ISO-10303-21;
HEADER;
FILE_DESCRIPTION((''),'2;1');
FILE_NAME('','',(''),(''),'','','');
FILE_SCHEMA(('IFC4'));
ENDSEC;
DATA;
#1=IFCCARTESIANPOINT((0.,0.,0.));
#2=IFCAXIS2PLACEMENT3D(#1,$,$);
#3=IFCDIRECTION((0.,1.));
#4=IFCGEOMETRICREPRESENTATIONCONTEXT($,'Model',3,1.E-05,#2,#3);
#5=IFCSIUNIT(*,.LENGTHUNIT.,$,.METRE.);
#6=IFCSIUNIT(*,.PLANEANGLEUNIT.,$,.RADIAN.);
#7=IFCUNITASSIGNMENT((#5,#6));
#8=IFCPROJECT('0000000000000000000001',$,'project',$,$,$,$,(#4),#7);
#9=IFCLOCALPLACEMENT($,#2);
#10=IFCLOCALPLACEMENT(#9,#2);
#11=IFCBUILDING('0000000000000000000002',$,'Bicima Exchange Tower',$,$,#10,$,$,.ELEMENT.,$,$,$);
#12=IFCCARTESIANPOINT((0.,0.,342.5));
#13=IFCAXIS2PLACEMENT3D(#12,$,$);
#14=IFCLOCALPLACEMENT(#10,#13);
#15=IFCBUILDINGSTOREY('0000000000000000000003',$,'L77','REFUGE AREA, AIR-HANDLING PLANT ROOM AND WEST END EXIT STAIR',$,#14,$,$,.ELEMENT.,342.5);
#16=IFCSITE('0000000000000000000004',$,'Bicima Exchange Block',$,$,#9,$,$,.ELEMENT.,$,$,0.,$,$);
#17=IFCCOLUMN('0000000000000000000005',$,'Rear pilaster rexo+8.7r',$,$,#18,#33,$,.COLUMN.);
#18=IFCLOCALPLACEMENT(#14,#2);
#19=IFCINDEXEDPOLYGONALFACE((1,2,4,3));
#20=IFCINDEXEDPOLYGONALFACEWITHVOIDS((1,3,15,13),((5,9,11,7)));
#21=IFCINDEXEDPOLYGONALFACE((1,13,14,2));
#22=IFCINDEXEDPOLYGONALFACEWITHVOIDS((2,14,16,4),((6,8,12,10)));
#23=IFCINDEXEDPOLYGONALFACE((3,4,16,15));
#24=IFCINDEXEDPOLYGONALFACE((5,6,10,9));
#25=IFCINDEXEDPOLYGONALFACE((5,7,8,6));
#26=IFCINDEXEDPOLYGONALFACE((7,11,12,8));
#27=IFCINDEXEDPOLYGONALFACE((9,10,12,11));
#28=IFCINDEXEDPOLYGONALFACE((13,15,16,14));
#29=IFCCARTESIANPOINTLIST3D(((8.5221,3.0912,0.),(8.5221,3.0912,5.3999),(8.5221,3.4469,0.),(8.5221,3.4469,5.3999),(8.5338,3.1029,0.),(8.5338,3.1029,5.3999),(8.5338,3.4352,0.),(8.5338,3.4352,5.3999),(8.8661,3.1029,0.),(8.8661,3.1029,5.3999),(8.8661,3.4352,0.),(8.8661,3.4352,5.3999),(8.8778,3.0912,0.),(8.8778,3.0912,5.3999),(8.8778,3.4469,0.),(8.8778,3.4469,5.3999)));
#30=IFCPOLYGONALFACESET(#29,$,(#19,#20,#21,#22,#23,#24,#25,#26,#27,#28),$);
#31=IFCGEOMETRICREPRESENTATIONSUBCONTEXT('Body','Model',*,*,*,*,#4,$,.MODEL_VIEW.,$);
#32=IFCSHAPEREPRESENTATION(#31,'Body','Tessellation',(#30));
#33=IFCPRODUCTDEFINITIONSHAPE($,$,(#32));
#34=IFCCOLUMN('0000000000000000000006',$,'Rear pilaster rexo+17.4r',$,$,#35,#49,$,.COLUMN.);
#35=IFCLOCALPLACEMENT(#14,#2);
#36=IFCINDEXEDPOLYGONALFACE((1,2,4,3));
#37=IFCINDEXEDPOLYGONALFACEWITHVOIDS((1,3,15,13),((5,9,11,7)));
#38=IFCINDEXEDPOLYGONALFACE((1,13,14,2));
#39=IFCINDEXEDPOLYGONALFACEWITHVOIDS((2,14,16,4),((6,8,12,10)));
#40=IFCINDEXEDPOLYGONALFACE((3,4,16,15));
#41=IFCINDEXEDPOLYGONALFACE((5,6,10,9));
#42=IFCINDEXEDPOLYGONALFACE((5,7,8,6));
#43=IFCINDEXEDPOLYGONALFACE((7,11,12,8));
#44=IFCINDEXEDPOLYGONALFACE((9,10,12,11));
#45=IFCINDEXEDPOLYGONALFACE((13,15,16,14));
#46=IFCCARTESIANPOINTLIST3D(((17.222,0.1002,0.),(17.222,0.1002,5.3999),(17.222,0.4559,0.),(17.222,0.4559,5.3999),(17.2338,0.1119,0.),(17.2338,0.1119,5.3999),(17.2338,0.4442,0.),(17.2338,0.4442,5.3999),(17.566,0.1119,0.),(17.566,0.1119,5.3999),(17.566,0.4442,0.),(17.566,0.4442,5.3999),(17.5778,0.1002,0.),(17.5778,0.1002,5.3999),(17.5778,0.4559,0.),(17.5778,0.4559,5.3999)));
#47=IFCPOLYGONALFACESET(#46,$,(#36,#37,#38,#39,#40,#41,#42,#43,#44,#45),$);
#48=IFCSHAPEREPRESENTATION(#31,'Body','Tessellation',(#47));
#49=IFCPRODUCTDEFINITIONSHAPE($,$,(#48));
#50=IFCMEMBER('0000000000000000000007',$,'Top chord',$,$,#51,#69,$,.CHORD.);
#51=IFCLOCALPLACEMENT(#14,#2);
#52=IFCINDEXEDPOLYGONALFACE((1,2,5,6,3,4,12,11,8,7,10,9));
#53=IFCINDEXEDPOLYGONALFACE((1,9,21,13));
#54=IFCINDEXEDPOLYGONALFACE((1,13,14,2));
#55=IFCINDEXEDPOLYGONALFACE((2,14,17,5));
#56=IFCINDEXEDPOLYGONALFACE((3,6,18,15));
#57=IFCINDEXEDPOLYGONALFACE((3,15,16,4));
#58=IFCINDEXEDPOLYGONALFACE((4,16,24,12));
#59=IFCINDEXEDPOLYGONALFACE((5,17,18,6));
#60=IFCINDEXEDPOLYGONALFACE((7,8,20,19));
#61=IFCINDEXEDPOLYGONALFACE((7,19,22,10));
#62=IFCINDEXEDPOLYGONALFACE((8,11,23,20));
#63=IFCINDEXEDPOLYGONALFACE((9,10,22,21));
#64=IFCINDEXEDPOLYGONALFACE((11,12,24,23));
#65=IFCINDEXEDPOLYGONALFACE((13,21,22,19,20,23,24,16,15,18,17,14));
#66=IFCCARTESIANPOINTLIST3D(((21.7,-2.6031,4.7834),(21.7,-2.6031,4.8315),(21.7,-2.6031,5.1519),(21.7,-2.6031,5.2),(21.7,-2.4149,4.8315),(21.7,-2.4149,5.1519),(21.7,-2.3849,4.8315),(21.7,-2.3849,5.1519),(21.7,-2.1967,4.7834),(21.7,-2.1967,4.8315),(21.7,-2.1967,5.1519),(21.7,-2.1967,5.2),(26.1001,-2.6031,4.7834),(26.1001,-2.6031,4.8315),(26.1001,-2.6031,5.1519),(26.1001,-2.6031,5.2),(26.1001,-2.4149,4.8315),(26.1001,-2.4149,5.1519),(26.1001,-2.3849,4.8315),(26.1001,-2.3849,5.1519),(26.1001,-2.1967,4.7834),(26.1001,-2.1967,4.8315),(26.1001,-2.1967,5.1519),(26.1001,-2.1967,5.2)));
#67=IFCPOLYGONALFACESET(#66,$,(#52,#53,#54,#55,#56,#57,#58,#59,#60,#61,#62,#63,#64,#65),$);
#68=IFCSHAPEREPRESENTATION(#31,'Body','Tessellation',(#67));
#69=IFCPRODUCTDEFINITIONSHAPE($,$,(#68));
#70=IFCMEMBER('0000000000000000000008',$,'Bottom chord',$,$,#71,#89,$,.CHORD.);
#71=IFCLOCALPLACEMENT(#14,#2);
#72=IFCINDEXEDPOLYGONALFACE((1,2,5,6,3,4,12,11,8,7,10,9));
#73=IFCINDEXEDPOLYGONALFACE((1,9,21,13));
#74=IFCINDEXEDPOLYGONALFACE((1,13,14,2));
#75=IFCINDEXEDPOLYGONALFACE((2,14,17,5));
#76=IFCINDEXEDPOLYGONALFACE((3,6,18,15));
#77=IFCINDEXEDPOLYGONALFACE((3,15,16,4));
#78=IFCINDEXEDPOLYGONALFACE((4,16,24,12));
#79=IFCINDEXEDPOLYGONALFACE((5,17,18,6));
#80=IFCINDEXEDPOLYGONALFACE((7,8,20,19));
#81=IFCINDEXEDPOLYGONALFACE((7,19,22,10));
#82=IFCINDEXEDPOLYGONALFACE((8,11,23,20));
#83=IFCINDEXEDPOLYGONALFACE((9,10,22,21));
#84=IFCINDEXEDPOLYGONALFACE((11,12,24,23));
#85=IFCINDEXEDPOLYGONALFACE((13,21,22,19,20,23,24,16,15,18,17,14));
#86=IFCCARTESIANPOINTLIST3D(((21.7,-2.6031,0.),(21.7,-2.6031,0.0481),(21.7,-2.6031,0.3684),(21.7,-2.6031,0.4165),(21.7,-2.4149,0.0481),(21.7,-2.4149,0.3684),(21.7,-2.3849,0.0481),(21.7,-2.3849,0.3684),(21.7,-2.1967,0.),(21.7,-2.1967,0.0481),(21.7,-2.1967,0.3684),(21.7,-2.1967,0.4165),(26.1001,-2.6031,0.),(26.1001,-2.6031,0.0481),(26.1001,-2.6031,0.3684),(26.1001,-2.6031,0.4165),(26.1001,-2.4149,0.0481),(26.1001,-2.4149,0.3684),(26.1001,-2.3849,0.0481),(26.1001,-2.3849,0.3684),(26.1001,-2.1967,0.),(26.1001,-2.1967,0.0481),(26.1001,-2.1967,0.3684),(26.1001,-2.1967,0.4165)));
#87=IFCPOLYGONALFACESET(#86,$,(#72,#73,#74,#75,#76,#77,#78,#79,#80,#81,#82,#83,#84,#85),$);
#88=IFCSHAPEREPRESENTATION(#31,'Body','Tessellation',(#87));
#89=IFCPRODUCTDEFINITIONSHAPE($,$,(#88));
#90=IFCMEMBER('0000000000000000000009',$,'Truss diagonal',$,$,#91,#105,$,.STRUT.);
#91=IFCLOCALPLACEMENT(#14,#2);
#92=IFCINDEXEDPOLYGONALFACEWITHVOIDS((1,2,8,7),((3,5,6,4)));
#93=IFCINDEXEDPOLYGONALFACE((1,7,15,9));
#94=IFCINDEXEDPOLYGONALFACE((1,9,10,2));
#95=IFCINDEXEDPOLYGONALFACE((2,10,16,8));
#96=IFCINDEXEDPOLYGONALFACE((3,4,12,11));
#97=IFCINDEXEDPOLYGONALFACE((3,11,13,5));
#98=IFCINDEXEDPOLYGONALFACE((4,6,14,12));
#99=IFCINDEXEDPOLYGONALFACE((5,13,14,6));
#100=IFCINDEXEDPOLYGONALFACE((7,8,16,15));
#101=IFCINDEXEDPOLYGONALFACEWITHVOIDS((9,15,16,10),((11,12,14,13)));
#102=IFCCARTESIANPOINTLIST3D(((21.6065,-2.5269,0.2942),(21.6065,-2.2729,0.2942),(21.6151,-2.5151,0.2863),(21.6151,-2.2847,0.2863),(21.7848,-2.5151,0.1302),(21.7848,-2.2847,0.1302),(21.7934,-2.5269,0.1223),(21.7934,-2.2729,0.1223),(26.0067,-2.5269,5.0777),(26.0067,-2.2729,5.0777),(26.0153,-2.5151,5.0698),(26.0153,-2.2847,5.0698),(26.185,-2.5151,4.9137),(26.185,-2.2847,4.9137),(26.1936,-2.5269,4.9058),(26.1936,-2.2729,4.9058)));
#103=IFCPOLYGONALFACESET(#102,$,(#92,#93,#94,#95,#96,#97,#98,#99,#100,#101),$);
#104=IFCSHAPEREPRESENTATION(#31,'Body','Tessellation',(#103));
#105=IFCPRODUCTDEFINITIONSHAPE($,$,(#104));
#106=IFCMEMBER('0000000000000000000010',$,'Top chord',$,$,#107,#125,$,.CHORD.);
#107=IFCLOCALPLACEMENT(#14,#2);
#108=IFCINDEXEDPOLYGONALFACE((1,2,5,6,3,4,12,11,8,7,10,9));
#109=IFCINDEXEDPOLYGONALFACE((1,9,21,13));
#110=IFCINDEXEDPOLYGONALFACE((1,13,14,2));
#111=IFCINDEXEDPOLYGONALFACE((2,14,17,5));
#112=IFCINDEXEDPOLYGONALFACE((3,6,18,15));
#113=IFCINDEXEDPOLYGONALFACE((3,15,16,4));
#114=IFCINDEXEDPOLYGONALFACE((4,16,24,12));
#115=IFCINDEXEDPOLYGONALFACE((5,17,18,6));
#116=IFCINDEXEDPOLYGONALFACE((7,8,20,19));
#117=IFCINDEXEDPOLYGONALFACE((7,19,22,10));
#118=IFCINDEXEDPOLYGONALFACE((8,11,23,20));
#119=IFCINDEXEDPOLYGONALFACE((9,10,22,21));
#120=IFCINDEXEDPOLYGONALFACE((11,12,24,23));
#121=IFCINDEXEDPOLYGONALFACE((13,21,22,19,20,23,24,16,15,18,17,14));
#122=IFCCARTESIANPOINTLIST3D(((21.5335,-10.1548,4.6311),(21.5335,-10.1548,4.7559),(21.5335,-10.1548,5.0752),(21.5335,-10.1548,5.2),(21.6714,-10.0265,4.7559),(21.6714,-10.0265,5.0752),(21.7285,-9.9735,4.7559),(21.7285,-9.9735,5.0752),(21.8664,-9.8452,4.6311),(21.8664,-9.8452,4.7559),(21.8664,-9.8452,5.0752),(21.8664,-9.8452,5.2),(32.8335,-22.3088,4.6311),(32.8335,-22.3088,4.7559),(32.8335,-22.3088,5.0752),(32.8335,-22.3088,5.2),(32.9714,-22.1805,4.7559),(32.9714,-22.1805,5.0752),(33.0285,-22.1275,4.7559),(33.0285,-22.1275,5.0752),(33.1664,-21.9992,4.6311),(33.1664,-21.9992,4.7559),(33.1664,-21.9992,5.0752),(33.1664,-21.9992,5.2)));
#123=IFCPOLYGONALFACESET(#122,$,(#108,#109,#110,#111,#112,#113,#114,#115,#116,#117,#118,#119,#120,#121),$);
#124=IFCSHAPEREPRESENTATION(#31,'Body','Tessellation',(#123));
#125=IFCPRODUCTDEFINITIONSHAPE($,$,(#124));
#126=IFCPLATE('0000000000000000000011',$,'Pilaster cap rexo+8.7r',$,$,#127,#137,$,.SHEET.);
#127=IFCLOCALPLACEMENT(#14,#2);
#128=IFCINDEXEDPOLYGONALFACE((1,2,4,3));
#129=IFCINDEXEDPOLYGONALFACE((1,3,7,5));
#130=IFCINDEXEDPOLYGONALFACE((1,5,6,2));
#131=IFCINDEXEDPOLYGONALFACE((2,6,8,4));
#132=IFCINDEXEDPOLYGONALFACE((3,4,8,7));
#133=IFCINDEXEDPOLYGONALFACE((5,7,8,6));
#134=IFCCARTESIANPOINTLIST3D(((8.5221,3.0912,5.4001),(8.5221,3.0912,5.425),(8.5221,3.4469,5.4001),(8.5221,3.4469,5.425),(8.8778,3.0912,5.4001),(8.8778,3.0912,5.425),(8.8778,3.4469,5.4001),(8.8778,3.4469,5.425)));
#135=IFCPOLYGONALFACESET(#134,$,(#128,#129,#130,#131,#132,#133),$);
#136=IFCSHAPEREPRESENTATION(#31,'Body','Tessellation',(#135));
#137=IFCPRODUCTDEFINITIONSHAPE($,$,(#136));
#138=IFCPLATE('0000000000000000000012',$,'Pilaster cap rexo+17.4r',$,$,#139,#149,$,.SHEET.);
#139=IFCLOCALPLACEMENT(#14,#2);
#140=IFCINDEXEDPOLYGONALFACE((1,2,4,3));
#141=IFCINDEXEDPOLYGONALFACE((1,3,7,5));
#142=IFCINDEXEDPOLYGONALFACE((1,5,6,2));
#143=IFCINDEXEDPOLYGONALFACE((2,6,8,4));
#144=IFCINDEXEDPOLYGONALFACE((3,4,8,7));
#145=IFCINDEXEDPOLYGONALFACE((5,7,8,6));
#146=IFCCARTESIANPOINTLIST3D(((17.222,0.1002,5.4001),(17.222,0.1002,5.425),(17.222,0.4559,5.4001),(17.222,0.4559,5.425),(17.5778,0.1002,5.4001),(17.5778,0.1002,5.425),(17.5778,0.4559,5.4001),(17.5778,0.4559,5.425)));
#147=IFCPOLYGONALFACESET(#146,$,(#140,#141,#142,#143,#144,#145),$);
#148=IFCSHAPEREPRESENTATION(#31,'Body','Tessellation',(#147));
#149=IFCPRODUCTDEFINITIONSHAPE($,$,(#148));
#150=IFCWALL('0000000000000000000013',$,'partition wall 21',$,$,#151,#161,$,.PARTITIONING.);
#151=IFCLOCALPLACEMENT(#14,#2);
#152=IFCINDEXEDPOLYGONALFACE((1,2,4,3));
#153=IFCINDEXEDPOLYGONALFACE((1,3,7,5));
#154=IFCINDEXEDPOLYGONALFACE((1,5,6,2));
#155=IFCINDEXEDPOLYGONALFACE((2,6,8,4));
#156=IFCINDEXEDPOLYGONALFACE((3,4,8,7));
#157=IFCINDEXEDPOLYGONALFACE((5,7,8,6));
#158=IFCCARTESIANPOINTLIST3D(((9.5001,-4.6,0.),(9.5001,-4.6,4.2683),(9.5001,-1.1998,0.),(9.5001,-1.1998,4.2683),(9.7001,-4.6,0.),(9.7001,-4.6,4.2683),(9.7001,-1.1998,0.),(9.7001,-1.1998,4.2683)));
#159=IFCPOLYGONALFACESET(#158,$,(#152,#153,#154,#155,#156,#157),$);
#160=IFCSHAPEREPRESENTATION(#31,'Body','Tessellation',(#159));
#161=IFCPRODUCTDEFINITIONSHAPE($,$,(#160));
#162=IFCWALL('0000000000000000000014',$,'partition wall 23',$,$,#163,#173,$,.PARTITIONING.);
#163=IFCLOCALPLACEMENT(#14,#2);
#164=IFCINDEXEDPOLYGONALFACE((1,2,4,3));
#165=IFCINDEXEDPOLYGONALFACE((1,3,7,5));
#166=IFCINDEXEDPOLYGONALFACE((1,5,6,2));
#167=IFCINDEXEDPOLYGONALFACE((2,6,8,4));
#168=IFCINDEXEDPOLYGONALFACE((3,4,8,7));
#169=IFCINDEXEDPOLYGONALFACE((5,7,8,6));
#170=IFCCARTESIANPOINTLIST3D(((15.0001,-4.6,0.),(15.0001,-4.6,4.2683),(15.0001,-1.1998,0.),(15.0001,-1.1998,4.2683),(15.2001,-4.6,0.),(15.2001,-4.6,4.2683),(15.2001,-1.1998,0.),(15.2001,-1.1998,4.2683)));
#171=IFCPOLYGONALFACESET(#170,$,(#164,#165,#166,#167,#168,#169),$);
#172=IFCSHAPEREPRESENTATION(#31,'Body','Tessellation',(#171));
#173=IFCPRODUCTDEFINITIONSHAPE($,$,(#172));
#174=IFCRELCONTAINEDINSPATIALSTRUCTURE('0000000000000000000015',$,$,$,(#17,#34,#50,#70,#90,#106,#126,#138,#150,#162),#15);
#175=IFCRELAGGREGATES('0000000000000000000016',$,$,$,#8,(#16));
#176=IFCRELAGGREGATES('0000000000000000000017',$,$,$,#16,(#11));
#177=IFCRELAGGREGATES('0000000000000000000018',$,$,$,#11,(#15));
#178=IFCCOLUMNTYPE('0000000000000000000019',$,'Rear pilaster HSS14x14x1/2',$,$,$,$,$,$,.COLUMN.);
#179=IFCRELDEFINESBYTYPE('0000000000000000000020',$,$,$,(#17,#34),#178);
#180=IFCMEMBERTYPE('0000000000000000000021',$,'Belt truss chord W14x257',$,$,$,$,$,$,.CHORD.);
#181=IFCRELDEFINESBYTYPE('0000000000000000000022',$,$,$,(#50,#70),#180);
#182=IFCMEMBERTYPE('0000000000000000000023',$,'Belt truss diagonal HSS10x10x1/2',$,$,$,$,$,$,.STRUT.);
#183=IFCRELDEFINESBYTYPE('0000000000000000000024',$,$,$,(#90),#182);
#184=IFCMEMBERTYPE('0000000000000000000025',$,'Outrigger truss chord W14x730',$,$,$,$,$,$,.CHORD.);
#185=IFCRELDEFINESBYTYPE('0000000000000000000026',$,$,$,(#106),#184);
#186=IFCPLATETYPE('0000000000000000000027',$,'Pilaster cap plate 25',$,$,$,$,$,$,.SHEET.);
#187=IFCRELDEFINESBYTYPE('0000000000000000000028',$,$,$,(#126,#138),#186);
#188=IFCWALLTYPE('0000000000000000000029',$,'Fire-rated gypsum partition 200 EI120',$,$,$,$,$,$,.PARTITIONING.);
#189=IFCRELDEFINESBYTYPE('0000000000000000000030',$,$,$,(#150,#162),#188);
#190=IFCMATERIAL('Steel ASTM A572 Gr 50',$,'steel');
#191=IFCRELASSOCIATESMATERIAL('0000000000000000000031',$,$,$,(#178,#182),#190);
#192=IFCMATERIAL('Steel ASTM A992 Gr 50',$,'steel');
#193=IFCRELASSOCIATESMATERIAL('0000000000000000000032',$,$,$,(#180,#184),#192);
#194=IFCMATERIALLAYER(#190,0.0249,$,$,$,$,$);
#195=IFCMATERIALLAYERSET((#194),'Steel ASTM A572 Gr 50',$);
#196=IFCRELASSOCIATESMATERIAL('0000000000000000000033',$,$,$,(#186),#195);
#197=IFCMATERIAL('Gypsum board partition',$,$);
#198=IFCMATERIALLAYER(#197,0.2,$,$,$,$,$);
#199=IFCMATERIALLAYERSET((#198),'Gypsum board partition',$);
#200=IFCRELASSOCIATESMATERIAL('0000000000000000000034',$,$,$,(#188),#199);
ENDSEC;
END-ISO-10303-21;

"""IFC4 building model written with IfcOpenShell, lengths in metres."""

from ifc_helpers import new_model, si_unit, direction, frame, frame_2d, origin, origin_2d, place, context, subcontext, project, spatial, rectangle, hollow_rectangle, i_section, extrude, material, layer, layer_set, material_profile, profile_set, type_object, element, save


model = new_model("IFC4")

# Units and contexts
model_context = context("Model", 3, precision=1e-05, world=origin(), true_north=direction((0.0, 1.0)))
body_context = subcontext(model_context, "Body", "Model", "MODEL_VIEW")
ifc_project = project(units=[si_unit("LENGTHUNIT", "METRE"), si_unit("PLANEANGLEUNIT", "RADIAN")], contexts=[model_context])

# Site, building, storey
site_placement = place(None, origin())
site = spatial("IfcSite", under=ifc_project, at=site_placement, Name="Bicima Exchange Block", CompositionType="ELEMENT", RefElevation=0.0)
building_placement = place(site_placement, origin())
building = spatial("IfcBuilding", under=site, at=building_placement, Name="Bicima Exchange Tower", CompositionType="ELEMENT")
storey_placement = place(building_placement, frame((0.0, 0.0, 342.5)))
storey = spatial("IfcBuildingStorey", under=building, at=storey_placement, Name="L77", Description="REFUGE AREA, AIR-HANDLING PLANT ROOM AND WEST END EXIT STAIR", CompositionType="ELEMENT", Elevation=342.5)

# Columns
ifc_material_1 = material(Name="Steel ASTM A572 Gr 50", Category="steel")
ifc_material_profile_1 = material_profile(ifc_material_1, hollow_rectangle(XDim=0.3557, YDim=0.3557, WallThickness=0.0117, at=origin_2d()))
ifc_profile_set_1 = profile_set([ifc_material_profile_1], Name="Steel ASTM A572 Gr 50")
column_type = type_object("IfcColumnType", Name="Rear pilaster HSS14x14x1/2", PredefinedType="COLUMN", material=ifc_profile_set_1)
for number, where, z_axis, x_axis, name in (
    (1, (8.7, 3.269, 0.0), (0.0, 0.0, 1.0), (1.0, 0.0, 0.0), "Rear pilaster rexo+8.7r"),
    (2, (17.3999, 0.2781, 0.0), (0.0, 0.0, 1.0), (1.0, 0.0, 0.0), "Rear pilaster rexo+17.4r"),
):
    element("IfcColumn", number, at=place(storey_placement, frame(where, z_axis=z_axis, x_axis=x_axis)), inside=storey, type_object=column_type, Name=name, PredefinedType="COLUMN", context=body_context, shape_type="SweptSolid", body=[
        extrude(hollow_rectangle(XDim=0.3557, YDim=0.3557, WallThickness=0.0117, at=origin_2d()), origin(), (0.0, 0.0, 1.0), 5.3999),
    ])

# Members
ifc_material_2 = material(Name="Steel ASTM A992 Gr 50", Category="steel")
ifc_material_profile_2 = material_profile(ifc_material_2, i_section(OverallWidth=0.4065, OverallDepth=0.4165, WebThickness=0.03, FlangeThickness=0.0481, at=origin_2d()))
ifc_profile_set_2 = profile_set([ifc_material_profile_2], Name="Steel ASTM A992 Gr 50")
member_type_1 = type_object("IfcMemberType", Name="Belt truss chord W14x257", PredefinedType="CHORD", material=ifc_profile_set_2)
for number, where, z_axis, x_axis, name in (
    (3, (21.7, -2.3999, 4.9917), (1.0, 0.0, 0.0), (0.0, 1.0, 0.0), "Top chord"),
    (4, (21.7, -2.3999, 0.2083), (1.0, 0.0, 0.0), (0.0, 1.0, 0.0), "Bottom chord"),
):
    element("IfcMember", number, at=place(storey_placement, frame(where, z_axis=z_axis, x_axis=x_axis)), inside=storey, type_object=member_type_1, Name=name, PredefinedType="CHORD", context=body_context, shape_type="SweptSolid", body=[
        extrude(i_section(OverallWidth=0.4065, OverallDepth=0.4165, WebThickness=0.03, FlangeThickness=0.0481, at=origin_2d()), origin(), (0.0, 0.0, 1.0), 4.4001),
    ])
ifc_material_profile_3 = material_profile(ifc_material_1, hollow_rectangle(XDim=0.2539, YDim=0.2539, WallThickness=0.0117, at=origin_2d()))
ifc_profile_set_3 = profile_set([ifc_material_profile_3], Name="Steel ASTM A572 Gr 50")
member_type_2 = type_object("IfcMemberType", Name="Belt truss diagonal HSS10x10x1/2", PredefinedType="STRUT", material=ifc_profile_set_3)
member_1_placement = place(storey_placement, frame((21.7, -2.3999, 0.2083), z_axis=(0.677004, 0.0, 0.735979), x_axis=(0.0, 1.0, 0.0)))
element("IfcMember", 5, at=member_1_placement, inside=storey, type_object=member_type_2, Name="Truss diagonal", PredefinedType="STRUT", context=body_context, shape_type="SweptSolid", body=[
    extrude(hollow_rectangle(XDim=0.2539, YDim=0.2539, WallThickness=0.0117, at=origin_2d()), origin(), (0.0, 0.0, 1.0), 6.4995),
])
ifc_material_profile_4 = material_profile(ifc_material_2, i_section(OverallWidth=0.4546, OverallDepth=0.5688, WebThickness=0.0779, FlangeThickness=0.1248, at=origin_2d()))
ifc_profile_set_4 = profile_set([ifc_material_profile_4], Name="Steel ASTM A992 Gr 50")
member_type_3 = type_object("IfcMemberType", Name="Outrigger truss chord W14x730", PredefinedType="CHORD", material=ifc_profile_set_4)
member_2_placement = place(storey_placement, frame((21.7, -10.0, 4.9155), z_axis=(0.680909, -0.732368, 0.0), x_axis=(0.732368, 0.680909, 0.0)))
element("IfcMember", 6, at=member_2_placement, inside=storey, type_object=member_type_3, Name="Top chord", PredefinedType="CHORD", context=body_context, shape_type="SweptSolid", body=[
    extrude(i_section(OverallWidth=0.4546, OverallDepth=0.5688, WebThickness=0.0779, FlangeThickness=0.1248, at=origin_2d()), origin(), (0.0, 0.0, 1.0), 16.5955),
])

# Plates
ifc_layer_1 = layer(ifc_material_1, 0.0249)
ifc_layer_set_1 = layer_set([ifc_layer_1], Name="Steel ASTM A572 Gr 50")
plate_type = type_object("IfcPlateType", Name="Pilaster cap plate 25", PredefinedType="SHEET", material=ifc_layer_set_1)
for number, where, z_axis, x_axis, name in (
    (7, (8.7, 3.269, 5.4001), (0.0, 0.0, 1.0), (1.0, 0.0, 0.0), "Pilaster cap rexo+8.7r"),
    (8, (17.3999, 0.2781, 5.4001), (0.0, 0.0, 1.0), (1.0, 0.0, 0.0), "Pilaster cap rexo+17.4r"),
):
    element("IfcPlate", number, at=place(storey_placement, frame(where, z_axis=z_axis, x_axis=x_axis)), inside=storey, type_object=plate_type, Name=name, PredefinedType="SHEET", context=body_context, shape_type="SweptSolid", body=[
        extrude(rectangle(XDim=0.3557, YDim=0.3557, at=origin_2d()), origin(), (0.0, 0.0, 1.0), 0.0249),
    ])

# Walls
ifc_material_3 = material(Name="Gypsum board partition")
ifc_layer_2 = layer(ifc_material_3, 0.2)
ifc_layer_set_2 = layer_set([ifc_layer_2], Name="Gypsum board partition")
wall_type_1 = type_object("IfcWallType", Name="Fire-rated gypsum partition 200 EI120", PredefinedType="PARTITIONING", material=ifc_layer_set_2)
for number, where, z_axis, x_axis, name in (
    (9, (9.6001, -4.6001, 0.0), (0.0, 0.0, 1.0), (0.0, 1.0, 0.0), "partition wall 21"),
    (10, (15.1001, -4.6001, 0.0), (0.0, 0.0, 1.0), (0.0, 1.0, 0.0), "partition wall 23"),
):
    element("IfcWall", number, at=place(storey_placement, frame(where, z_axis=z_axis, x_axis=x_axis)), inside=storey, type_object=wall_type_1, Name=name, PredefinedType="PARTITIONING", context=body_context, shape_type="SweptSolid", body=[
        extrude(rectangle(XDim=3.4001, YDim=0.2, at=frame_2d((1.7002, 0.0))), origin(), (0.0, 0.0, 1.0), 4.2683),
    ])

save(model, "model.ifc")
